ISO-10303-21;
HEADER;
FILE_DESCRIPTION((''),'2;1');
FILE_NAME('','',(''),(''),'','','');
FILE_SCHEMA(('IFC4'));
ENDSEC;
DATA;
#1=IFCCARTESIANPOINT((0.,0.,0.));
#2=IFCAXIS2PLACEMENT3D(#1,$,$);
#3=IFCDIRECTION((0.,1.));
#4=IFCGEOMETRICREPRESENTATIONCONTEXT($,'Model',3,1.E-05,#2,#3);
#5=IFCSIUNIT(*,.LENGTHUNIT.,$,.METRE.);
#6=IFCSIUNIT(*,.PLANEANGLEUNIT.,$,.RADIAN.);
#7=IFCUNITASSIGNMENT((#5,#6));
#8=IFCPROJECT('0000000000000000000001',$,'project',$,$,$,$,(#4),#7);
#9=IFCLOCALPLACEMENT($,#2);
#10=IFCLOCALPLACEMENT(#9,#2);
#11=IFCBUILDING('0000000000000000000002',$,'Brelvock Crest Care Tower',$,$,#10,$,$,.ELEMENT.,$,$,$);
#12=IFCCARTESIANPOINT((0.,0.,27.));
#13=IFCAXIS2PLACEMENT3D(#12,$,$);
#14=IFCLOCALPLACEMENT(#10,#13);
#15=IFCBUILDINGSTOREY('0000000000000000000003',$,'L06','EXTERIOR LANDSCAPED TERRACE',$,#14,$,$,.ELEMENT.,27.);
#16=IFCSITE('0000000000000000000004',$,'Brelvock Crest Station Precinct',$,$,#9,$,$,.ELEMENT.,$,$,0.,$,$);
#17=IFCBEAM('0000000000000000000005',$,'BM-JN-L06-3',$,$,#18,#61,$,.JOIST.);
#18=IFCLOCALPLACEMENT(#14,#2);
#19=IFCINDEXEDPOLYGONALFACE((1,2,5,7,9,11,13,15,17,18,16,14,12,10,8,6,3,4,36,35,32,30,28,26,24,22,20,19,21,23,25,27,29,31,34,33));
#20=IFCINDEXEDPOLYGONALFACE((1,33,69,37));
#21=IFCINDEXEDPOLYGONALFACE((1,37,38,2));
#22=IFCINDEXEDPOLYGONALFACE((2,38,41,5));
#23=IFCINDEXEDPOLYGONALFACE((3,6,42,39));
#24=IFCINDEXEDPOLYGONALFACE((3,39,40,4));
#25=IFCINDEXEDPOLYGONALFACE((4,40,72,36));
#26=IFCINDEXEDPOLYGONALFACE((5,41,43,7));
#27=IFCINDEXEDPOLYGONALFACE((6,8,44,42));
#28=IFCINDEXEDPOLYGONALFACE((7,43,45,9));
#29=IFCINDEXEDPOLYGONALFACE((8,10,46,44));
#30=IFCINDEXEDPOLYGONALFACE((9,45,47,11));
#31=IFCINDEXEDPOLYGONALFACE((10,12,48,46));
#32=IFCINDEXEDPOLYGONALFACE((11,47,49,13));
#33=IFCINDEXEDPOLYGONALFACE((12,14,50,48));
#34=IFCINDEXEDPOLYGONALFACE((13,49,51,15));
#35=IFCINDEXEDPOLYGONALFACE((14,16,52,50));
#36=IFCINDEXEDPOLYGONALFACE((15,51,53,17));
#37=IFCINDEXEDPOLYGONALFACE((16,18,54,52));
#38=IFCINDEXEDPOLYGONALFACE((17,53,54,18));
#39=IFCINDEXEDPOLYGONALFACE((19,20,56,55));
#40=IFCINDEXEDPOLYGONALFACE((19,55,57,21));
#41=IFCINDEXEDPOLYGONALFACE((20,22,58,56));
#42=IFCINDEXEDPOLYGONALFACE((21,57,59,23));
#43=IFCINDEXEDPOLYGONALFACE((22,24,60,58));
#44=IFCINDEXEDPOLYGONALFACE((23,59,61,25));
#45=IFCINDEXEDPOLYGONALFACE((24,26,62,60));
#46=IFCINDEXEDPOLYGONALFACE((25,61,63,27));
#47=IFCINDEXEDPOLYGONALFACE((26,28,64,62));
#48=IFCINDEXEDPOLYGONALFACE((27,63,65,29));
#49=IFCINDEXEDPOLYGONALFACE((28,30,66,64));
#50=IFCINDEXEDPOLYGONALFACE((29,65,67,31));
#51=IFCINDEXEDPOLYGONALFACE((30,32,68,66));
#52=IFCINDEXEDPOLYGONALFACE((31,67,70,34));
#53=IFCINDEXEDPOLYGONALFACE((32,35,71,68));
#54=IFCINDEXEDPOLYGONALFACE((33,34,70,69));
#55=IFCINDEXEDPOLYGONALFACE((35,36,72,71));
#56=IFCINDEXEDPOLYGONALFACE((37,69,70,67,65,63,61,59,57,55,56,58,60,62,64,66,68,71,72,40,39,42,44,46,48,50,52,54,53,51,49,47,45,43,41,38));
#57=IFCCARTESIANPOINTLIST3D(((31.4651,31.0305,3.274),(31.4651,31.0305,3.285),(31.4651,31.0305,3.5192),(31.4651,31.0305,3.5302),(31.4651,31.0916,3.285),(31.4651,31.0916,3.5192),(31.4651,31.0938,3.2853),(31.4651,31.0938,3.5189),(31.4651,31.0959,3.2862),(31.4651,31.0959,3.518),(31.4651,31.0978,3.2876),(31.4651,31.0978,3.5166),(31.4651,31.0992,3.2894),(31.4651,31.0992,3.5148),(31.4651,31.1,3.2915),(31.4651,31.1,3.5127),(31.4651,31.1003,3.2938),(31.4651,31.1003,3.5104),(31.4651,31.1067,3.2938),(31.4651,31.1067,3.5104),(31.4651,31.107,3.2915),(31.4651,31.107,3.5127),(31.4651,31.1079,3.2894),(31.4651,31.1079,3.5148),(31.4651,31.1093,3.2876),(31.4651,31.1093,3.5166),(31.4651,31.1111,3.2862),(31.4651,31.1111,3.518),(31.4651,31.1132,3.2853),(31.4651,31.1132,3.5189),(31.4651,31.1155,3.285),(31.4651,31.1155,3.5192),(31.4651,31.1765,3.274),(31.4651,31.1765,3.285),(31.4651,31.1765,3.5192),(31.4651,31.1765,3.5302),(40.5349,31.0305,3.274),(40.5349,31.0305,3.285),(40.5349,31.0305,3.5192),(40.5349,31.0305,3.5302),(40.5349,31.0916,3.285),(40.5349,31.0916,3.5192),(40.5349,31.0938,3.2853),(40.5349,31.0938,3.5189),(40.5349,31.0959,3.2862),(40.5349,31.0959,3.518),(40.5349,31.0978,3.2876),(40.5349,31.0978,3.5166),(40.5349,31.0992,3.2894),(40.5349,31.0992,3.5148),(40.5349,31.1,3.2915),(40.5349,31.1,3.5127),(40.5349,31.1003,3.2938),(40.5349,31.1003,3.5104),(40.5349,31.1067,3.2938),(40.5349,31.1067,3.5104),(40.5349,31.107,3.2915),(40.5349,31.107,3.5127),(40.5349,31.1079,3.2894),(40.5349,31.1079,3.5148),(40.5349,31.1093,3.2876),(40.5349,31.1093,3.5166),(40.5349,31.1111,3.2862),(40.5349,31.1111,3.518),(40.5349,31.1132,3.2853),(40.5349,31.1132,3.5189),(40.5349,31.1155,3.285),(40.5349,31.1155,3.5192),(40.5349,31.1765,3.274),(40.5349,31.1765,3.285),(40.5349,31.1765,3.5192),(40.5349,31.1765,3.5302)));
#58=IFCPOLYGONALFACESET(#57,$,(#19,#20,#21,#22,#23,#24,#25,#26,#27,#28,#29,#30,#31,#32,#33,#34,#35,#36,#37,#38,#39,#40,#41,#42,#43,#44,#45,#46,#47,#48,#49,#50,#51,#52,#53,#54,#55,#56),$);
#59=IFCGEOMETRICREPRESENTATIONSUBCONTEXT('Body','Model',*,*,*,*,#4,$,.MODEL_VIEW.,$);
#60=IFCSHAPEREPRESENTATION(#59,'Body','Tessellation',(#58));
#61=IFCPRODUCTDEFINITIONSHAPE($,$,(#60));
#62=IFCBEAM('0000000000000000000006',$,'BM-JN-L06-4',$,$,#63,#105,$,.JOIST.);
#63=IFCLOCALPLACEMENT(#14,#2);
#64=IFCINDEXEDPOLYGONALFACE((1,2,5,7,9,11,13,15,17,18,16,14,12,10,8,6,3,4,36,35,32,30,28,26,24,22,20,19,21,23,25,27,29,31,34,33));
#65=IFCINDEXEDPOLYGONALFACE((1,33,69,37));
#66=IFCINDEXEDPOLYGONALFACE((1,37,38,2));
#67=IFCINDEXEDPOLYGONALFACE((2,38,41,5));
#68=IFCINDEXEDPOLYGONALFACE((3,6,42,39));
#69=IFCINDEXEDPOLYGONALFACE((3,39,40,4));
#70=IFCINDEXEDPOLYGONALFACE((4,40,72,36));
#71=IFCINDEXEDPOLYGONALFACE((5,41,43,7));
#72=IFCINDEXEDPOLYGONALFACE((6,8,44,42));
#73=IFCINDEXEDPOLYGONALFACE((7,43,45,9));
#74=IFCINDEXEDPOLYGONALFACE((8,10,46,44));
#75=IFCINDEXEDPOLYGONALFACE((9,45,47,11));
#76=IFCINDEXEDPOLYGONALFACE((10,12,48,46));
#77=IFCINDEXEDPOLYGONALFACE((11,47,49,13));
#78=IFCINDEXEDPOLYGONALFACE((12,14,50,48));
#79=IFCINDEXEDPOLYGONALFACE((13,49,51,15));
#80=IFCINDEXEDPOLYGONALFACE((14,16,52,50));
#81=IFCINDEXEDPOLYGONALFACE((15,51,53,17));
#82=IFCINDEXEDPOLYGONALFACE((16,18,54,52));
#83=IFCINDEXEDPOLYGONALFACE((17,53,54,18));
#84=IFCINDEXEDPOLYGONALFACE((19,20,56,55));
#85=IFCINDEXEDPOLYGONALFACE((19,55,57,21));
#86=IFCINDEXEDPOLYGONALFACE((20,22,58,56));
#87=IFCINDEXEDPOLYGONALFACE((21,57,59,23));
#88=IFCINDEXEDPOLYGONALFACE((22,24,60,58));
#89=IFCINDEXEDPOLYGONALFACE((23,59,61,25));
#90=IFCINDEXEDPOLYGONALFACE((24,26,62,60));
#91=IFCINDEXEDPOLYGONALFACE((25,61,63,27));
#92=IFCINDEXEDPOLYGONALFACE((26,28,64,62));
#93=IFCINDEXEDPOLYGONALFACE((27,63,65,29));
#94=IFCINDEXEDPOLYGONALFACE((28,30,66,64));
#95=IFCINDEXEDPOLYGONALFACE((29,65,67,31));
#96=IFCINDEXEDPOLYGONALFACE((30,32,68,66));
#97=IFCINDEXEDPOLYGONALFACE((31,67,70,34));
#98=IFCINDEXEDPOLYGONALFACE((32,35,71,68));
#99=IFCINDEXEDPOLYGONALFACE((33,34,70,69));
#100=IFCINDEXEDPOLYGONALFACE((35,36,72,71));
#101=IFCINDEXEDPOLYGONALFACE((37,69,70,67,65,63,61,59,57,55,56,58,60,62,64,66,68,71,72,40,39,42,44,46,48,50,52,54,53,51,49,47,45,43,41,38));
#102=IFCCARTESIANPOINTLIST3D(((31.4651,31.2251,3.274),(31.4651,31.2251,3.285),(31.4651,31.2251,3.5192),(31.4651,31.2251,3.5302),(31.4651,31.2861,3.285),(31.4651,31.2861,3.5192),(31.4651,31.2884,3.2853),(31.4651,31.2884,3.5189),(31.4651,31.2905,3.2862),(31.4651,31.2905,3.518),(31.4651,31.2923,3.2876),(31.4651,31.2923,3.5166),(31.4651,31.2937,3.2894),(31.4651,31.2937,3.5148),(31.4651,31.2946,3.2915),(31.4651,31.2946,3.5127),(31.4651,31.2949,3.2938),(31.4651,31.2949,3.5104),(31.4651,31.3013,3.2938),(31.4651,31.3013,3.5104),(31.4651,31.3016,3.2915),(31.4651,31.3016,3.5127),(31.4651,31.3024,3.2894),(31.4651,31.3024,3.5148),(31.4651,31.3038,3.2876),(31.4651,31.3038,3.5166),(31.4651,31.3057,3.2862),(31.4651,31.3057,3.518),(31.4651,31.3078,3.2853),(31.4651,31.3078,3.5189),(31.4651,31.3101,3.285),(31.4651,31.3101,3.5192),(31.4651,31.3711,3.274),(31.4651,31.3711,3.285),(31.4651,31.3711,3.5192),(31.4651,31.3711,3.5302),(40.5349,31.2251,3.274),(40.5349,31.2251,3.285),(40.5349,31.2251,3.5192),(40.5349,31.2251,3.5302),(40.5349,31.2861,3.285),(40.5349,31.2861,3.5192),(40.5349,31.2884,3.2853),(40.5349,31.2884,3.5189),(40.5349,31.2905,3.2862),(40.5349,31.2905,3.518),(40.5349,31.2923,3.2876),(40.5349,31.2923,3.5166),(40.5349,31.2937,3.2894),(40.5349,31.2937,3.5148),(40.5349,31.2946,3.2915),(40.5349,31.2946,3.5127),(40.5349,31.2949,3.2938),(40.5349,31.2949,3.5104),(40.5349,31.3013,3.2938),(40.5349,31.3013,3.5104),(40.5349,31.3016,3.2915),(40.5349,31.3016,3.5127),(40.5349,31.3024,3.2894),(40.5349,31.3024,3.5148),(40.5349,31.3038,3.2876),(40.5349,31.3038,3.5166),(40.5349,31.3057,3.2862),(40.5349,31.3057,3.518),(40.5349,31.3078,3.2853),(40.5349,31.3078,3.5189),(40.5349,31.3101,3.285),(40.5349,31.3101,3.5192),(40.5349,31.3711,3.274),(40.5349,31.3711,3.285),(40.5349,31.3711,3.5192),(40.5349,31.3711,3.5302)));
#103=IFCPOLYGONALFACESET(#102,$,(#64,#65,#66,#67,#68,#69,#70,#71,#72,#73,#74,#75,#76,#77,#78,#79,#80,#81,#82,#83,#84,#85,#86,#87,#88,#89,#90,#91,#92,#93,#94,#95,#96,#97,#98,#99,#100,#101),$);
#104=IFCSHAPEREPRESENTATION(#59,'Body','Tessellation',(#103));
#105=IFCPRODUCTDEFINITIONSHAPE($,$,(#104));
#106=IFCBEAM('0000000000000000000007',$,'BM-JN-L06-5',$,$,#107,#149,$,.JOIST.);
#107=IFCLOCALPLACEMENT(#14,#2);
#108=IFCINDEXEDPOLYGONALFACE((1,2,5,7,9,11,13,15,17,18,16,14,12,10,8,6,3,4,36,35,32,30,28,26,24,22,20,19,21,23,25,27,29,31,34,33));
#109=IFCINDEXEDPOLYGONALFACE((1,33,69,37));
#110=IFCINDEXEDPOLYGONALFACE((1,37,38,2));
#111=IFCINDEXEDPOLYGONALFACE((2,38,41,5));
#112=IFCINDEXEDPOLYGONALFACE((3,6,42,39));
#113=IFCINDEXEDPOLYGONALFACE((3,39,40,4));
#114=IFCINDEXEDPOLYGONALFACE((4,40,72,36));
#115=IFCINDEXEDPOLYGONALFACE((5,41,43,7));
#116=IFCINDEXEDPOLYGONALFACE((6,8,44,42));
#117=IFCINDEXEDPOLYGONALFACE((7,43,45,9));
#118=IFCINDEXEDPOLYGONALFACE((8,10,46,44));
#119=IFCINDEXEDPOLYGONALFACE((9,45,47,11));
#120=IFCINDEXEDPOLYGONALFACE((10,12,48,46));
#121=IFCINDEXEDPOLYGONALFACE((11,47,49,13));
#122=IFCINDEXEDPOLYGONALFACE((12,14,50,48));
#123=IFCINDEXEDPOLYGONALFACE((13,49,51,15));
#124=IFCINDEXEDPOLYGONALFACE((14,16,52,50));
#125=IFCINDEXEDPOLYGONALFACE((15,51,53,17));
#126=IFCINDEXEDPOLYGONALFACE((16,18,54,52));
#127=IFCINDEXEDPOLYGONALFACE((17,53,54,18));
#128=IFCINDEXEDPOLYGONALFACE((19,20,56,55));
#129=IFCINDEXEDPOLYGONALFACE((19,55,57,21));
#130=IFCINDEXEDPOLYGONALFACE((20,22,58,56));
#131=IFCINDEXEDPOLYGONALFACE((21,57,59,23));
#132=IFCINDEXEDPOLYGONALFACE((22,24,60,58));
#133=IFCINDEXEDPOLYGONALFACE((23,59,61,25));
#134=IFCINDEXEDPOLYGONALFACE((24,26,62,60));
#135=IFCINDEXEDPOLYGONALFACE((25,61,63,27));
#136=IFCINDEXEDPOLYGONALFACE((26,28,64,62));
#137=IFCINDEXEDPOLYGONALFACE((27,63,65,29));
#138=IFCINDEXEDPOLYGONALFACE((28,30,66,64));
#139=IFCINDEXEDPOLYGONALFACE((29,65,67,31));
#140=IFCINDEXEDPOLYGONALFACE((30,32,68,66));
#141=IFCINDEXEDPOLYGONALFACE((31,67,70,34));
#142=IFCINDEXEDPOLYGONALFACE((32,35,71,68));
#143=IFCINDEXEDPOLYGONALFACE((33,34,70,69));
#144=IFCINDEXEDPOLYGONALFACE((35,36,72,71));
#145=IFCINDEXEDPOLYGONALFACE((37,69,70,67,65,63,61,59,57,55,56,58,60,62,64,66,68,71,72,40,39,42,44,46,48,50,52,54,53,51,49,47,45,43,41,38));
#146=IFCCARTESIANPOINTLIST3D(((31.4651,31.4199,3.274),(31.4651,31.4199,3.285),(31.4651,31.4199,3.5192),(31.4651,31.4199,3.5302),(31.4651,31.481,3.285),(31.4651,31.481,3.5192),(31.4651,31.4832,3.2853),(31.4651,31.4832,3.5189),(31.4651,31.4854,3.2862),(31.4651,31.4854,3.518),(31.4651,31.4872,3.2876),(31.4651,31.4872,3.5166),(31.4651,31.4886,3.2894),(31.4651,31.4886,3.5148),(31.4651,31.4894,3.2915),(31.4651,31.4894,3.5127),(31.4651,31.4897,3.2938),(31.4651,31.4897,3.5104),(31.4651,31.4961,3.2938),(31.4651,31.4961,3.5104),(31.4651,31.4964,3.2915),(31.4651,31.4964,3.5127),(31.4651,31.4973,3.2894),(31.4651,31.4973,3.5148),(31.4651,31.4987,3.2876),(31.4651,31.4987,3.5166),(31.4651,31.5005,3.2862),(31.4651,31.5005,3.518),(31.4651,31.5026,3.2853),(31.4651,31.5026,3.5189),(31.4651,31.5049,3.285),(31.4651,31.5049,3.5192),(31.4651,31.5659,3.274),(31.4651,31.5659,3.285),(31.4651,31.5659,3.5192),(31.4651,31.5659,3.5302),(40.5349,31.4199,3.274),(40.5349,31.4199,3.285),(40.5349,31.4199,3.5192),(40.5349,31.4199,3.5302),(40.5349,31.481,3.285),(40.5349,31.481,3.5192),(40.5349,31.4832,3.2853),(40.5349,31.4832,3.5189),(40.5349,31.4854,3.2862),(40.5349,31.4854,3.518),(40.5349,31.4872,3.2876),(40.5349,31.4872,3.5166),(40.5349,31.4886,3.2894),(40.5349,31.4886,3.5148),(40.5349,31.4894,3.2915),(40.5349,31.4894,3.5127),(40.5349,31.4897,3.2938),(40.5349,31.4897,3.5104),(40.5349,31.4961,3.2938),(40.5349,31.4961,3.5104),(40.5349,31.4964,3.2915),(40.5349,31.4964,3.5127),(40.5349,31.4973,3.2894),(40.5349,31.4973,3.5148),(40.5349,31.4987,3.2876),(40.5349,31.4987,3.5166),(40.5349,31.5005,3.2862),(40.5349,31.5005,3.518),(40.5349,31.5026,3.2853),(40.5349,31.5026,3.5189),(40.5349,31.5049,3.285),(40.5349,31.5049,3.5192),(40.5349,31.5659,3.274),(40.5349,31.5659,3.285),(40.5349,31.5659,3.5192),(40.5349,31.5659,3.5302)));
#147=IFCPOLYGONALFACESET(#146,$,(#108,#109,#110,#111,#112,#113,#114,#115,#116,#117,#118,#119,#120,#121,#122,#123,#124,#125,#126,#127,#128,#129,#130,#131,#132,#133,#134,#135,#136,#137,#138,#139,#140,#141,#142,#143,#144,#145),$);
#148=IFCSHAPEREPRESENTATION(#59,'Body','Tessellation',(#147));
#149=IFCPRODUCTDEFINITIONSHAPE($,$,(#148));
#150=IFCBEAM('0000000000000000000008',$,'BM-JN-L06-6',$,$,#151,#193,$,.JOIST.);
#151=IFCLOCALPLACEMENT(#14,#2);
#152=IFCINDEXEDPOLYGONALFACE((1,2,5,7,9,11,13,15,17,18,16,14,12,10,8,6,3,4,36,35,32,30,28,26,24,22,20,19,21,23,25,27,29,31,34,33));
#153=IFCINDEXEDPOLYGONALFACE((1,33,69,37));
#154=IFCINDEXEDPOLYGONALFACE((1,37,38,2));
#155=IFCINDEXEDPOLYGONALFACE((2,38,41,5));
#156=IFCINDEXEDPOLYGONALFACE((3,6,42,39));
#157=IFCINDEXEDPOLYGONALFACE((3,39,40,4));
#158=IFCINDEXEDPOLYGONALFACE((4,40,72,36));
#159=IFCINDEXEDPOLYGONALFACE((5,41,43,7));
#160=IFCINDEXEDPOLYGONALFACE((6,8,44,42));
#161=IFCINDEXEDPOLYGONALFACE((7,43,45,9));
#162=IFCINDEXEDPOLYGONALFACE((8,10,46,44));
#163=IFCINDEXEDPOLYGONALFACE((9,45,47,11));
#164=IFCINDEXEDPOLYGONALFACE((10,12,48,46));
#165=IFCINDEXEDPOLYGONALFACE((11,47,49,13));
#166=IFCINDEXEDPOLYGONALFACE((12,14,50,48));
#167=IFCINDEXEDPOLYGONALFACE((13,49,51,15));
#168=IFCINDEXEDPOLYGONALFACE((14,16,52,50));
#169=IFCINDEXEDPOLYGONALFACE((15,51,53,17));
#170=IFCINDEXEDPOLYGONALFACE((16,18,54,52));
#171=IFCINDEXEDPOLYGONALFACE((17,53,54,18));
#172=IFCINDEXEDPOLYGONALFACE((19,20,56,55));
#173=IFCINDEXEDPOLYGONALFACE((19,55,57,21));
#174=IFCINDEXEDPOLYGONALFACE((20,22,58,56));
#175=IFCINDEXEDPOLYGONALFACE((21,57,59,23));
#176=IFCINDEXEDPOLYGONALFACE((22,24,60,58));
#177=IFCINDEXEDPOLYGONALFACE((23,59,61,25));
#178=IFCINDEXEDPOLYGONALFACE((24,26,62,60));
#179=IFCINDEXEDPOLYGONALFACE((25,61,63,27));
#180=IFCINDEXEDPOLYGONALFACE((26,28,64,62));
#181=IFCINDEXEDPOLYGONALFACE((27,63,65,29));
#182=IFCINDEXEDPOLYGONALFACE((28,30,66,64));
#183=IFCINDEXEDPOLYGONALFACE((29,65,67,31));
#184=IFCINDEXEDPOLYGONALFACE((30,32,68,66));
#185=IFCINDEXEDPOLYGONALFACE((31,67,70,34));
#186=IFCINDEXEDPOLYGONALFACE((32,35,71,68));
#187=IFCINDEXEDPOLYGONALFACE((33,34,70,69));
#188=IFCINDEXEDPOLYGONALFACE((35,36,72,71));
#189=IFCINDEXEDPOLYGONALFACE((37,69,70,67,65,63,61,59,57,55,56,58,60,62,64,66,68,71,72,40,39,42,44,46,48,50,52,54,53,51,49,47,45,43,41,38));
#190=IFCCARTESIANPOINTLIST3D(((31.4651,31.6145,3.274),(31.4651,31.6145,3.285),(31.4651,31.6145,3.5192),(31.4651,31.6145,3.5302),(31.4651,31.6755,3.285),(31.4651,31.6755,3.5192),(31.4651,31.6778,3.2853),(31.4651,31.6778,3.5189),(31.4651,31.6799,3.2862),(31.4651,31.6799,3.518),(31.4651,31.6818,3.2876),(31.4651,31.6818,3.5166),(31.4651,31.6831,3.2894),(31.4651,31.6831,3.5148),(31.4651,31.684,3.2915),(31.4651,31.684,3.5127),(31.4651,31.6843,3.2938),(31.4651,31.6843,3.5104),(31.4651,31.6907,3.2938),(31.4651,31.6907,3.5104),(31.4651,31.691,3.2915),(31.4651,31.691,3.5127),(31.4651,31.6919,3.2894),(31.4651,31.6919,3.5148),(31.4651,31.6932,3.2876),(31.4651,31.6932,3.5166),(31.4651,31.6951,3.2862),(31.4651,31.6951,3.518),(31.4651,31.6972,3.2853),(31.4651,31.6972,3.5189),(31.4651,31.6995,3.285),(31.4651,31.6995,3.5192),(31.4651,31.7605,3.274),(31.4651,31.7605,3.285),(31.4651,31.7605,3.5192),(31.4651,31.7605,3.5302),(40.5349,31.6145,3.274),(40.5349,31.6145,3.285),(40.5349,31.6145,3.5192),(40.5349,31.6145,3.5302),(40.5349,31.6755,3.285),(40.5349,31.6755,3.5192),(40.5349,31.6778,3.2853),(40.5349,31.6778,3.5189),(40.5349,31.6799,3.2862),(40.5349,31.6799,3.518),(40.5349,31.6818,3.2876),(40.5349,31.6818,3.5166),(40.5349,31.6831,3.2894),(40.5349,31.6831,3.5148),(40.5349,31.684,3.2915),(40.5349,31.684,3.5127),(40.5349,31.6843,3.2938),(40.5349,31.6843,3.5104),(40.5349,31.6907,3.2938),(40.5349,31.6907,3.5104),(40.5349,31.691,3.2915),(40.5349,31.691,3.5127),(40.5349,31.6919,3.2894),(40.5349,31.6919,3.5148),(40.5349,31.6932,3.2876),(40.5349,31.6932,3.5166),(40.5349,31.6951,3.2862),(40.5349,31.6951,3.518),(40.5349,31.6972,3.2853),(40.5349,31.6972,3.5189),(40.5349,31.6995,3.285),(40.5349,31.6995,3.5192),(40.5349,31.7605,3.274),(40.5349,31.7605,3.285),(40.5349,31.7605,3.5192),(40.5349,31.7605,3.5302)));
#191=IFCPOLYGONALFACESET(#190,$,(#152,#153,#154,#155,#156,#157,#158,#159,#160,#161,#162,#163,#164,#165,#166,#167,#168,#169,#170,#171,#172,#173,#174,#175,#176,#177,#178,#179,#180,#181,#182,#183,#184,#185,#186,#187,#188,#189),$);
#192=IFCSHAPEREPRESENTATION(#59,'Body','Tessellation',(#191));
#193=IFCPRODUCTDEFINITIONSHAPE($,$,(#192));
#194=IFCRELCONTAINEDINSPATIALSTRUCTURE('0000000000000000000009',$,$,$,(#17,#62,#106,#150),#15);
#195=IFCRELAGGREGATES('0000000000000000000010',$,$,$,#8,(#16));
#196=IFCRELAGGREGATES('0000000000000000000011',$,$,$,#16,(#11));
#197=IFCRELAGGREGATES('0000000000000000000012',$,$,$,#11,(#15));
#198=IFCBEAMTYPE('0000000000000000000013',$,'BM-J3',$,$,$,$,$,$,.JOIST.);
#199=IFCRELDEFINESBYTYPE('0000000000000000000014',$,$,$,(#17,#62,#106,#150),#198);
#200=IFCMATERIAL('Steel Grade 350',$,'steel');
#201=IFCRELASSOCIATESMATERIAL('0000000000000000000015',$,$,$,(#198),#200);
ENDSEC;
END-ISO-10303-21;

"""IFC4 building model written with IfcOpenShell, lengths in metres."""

from ifc_helpers import new_model, si_unit, direction, frame, origin, origin_2d, place, context, subcontext, project, spatial, i_section, extrude, source, transform, mapped, material, material_profile, profile_set, type_object, element, save


model = new_model("IFC4")

# Units and contexts
model_context = context("Model", 3, precision=1e-05, world=origin(), true_north=direction((0.0, 1.0)))
body_context = subcontext(model_context, "Body", "Model", "MODEL_VIEW")
ifc_project = project(units=[si_unit("LENGTHUNIT", "METRE"), si_unit("PLANEANGLEUNIT", "RADIAN")], contexts=[model_context])

# Site, building, storey
site_placement = place(None, origin())
site = spatial("IfcSite", under=ifc_project, at=site_placement, Name="Brelvock Crest Station Precinct", CompositionType="ELEMENT", RefElevation=0.0)
building_placement = place(site_placement, origin())
building = spatial("IfcBuilding", under=site, at=building_placement, Name="Brelvock Crest Care Tower", CompositionType="ELEMENT")
storey_placement = place(building_placement, frame((0.0, 0.0, 27.0)))
storey = spatial("IfcBuildingStorey", under=building, at=storey_placement, Name="L06", Description="EXTERIOR LANDSCAPED TERRACE", CompositionType="ELEMENT", Elevation=27.0)

# Beams
ifc_material_1 = material(Name="Steel Grade 350", Category="steel")
ifc_material_profile = material_profile(ifc_material_1, i_section(OverallWidth=0.146, OverallDepth=0.2561, WebThickness=0.0063, FlangeThickness=0.011, FilletRadius=0.0088, at=origin_2d()), Name="250UB37.3")
ifc_profile_set = profile_set([ifc_material_profile], Name="Steel Grade 350")
beam_type = type_object("IfcBeamType", Name="BM-J3", PredefinedType="JOIST", material=ifc_profile_set)
shared_shape = source(origin(), body_context, "Body", "SweptSolid", [
    extrude(i_section(OverallWidth=0.146, OverallDepth=0.2561, WebThickness=0.0063, FlangeThickness=0.011, FilletRadius=0.0088, at=origin_2d()), origin(), (0.0, 0.0, 1.0), 9.0698),
])
for number, where, z_axis, x_axis, name in (
    (1, (31.4651, 31.1035, 3.4021), (1.0, 0.0, 0.0), (0.0, 1.0, 0.0), "BM-JN-L06-3"),
    (2, (31.4651, 31.2981, 3.4021), (1.0, 0.0, 0.0), (0.0, 1.0, 0.0), "BM-JN-L06-4"),
    (3, (31.4651, 31.4929, 3.4021), (1.0, 0.0, 0.0), (0.0, 1.0, 0.0), "BM-JN-L06-5"),
    (4, (31.4651, 31.6875, 3.4021), (1.0, 0.0, 0.0), (0.0, 1.0, 0.0), "BM-JN-L06-6"),
):
    element("IfcBeam", number, at=place(storey_placement, frame(where, z_axis=z_axis, x_axis=x_axis)), inside=storey, type_object=beam_type, Name=name, PredefinedType="JOIST", context=body_context, shape_type="MappedRepresentation", body=[
        mapped(shared_shape, transform((0.0, 0.0, 0.0), x_axis=(1.0, 0.0, 0.0), y_axis=(0.0, 1.0, 0.0), z_axis=(0.0, 0.0, 1.0), scale=1.0)),
    ])

save(model, "model.ifc")
